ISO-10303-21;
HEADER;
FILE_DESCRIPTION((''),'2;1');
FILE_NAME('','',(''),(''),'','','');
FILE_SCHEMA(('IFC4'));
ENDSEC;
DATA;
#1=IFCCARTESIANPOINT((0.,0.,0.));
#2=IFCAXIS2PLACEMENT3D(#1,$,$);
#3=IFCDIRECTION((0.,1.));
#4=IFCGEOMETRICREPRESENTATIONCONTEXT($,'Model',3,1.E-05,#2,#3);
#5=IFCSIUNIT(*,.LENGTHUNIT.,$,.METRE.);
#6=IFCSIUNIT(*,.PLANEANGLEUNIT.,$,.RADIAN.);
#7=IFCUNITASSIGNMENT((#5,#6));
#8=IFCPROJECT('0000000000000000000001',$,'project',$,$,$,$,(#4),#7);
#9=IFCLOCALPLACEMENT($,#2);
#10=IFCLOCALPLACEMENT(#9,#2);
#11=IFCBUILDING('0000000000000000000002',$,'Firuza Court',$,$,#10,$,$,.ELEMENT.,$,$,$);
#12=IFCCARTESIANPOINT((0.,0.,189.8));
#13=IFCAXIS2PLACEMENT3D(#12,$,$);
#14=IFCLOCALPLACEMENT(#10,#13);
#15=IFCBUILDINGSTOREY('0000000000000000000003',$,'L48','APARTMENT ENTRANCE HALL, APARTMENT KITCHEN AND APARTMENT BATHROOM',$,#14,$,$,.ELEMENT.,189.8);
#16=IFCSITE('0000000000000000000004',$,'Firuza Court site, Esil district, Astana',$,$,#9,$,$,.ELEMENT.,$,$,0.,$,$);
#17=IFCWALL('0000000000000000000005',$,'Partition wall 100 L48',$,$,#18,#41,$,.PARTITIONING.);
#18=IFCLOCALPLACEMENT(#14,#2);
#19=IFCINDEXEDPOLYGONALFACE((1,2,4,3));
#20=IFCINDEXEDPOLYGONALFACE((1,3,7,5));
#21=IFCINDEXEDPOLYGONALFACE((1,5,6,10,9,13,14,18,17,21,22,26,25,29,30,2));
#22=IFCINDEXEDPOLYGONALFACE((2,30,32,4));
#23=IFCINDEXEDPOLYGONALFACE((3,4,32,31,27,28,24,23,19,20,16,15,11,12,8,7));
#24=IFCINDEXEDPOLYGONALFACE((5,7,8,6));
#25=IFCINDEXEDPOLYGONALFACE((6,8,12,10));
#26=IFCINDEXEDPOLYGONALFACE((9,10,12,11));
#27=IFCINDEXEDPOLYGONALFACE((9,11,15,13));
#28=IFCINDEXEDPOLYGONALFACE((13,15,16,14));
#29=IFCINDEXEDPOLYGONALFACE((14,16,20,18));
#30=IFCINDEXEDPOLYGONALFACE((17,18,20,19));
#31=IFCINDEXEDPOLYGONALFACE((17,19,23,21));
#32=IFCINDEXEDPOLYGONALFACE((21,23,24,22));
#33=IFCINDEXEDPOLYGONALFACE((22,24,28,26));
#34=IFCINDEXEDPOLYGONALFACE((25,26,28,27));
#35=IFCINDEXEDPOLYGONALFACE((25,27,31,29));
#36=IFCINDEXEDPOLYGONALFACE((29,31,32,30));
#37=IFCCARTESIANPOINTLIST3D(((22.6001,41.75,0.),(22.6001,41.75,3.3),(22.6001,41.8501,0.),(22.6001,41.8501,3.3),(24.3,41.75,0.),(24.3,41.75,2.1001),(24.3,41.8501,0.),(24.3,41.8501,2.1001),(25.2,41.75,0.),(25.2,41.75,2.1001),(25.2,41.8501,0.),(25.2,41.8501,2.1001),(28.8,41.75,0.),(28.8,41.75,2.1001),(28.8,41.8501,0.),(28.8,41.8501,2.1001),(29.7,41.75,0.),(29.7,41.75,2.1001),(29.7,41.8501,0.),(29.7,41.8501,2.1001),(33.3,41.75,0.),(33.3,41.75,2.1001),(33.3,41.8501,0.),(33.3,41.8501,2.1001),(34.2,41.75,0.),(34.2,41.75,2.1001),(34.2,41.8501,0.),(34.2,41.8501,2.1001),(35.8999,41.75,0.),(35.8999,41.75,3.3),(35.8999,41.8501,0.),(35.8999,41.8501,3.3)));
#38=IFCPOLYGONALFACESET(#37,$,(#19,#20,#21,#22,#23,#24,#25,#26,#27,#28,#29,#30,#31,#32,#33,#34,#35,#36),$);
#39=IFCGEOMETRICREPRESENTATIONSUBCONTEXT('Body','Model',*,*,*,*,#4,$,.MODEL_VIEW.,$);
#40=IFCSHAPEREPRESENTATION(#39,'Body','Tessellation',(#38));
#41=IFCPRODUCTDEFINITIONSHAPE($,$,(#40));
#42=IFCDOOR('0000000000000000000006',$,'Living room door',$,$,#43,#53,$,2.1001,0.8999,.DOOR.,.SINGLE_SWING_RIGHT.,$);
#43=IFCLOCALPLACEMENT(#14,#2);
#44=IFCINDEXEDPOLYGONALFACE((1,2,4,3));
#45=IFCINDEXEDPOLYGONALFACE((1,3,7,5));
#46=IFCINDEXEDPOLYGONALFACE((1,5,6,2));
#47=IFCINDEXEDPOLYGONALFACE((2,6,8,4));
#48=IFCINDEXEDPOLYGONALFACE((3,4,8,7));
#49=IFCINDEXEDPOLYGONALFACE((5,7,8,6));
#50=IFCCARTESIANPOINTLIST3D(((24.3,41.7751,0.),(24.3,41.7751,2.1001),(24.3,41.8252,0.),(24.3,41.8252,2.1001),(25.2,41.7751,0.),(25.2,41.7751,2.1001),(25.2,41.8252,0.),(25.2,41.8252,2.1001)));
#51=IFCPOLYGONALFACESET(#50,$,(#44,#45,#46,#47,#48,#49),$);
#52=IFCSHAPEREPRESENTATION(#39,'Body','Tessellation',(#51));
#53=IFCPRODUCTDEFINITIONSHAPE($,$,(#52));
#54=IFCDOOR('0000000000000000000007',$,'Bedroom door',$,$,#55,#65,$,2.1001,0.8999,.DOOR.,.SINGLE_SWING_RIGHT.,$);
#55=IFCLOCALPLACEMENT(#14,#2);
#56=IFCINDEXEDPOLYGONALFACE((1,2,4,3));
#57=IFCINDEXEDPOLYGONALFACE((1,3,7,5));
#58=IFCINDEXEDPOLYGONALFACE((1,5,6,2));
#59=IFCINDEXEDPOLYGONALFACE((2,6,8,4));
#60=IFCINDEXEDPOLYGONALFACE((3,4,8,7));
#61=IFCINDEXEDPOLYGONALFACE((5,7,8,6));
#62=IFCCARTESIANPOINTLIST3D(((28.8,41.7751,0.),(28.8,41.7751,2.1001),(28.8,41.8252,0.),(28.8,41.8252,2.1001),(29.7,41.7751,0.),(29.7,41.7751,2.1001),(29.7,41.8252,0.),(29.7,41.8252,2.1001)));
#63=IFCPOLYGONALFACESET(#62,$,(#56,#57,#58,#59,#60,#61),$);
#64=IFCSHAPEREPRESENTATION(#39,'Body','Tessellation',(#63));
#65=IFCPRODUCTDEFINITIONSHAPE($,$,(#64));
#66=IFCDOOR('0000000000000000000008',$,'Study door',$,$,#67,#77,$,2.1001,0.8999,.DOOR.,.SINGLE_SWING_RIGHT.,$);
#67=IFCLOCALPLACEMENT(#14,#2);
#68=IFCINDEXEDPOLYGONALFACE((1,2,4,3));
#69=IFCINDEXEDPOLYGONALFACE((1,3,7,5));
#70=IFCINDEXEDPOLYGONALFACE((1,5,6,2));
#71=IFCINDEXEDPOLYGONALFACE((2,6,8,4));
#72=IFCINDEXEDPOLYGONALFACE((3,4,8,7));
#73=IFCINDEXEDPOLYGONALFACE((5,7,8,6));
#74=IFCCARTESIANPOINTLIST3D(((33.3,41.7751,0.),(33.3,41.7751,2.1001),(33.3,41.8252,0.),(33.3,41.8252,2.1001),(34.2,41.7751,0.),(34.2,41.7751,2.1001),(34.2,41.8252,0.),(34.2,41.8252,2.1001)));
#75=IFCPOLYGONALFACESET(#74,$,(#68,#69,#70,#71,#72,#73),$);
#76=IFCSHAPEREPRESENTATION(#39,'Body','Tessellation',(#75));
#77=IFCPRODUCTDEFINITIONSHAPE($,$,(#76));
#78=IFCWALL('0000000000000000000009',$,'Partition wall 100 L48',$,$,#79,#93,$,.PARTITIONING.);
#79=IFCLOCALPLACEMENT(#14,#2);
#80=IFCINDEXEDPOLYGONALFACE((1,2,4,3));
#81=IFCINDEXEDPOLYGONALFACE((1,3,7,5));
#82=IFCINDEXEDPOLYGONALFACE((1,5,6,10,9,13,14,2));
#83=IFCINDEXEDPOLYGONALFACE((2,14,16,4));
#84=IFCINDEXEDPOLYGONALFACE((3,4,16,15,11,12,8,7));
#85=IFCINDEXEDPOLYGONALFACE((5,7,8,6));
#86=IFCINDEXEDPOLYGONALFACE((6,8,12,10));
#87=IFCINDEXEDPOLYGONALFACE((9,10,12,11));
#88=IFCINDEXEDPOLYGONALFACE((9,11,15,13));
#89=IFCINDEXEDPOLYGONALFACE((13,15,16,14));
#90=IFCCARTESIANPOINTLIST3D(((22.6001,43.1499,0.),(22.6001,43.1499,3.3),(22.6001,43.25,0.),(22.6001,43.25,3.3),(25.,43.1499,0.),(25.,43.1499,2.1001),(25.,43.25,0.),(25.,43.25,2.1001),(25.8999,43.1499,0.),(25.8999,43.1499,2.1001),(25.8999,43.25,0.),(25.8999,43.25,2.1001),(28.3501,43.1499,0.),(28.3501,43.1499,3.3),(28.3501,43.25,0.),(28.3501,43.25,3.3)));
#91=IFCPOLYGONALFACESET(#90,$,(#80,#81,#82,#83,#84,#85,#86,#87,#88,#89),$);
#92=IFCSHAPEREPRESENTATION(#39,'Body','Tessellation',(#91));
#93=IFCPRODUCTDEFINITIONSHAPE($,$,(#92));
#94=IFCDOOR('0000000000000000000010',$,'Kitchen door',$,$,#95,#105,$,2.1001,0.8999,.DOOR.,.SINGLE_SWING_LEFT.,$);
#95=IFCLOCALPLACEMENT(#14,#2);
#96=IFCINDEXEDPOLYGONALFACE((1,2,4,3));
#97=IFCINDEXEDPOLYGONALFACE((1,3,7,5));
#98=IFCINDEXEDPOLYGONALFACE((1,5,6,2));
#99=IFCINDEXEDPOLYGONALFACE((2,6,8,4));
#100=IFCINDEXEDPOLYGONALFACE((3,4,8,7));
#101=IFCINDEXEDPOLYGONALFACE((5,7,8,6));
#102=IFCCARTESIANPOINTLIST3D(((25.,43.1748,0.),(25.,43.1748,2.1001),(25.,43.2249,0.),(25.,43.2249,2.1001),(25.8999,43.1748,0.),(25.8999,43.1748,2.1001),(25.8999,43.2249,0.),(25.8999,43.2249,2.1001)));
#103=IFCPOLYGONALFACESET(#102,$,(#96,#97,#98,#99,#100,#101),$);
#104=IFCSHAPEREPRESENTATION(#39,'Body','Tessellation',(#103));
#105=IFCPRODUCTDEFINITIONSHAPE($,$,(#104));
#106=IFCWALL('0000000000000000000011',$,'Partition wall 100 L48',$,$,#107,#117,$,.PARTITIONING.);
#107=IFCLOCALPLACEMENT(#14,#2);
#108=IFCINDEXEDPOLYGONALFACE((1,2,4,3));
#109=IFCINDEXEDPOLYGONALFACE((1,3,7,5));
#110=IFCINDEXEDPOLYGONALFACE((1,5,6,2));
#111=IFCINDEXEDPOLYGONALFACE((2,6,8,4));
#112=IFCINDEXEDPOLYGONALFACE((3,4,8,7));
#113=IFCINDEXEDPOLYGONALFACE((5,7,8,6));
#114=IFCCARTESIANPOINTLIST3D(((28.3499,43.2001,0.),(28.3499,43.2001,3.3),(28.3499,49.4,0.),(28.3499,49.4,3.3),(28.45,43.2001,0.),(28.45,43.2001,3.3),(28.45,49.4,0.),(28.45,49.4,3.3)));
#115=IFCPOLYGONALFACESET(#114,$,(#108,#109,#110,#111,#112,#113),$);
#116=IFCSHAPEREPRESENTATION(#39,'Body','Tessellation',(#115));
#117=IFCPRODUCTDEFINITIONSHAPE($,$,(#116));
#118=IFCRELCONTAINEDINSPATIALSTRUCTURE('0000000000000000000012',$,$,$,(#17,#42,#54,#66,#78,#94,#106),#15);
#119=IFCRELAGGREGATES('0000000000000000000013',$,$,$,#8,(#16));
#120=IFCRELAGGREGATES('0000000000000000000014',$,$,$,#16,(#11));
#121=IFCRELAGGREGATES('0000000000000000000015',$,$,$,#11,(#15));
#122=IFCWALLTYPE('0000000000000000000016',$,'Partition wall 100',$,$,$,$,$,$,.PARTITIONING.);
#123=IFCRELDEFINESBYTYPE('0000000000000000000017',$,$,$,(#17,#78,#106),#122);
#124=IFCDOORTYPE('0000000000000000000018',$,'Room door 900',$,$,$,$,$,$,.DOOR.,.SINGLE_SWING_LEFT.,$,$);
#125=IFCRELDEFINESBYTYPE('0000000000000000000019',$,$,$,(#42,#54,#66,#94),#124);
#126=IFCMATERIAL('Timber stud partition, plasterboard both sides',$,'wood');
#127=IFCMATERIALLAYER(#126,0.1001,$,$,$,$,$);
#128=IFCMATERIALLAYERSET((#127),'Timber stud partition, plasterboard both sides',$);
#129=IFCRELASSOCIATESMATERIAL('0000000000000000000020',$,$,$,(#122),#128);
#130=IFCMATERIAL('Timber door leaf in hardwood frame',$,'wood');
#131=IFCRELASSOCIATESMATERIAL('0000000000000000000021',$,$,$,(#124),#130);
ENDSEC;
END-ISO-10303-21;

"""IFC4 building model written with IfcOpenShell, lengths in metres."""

from ifc_helpers import new_model, si_unit, direction, frame, frame_2d, origin, place, context, subcontext, project, spatial, rectangle, extrude, material, layer, layer_set, type_object, element, fill, save


model = new_model("IFC4")

# Units and contexts
model_context = context("Model", 3, precision=1e-05, world=origin(), true_north=direction((0.0, 1.0)))
body_context = subcontext(model_context, "Body", "Model", "MODEL_VIEW")
ifc_project = project(units=[si_unit("LENGTHUNIT", "METRE"), si_unit("PLANEANGLEUNIT", "RADIAN")], contexts=[model_context])

# Site, building, storey
site_placement = place(None, origin())
site = spatial("IfcSite", under=ifc_project, at=site_placement, Name="Firuza Court site, Esil district, Astana", CompositionType="ELEMENT", RefElevation=0.0)
building_placement = place(site_placement, origin())
building = spatial("IfcBuilding", under=site, at=building_placement, Name="Firuza Court", CompositionType="ELEMENT")
storey_placement = place(building_placement, frame((0.0, 0.0, 189.8)))
storey = spatial("IfcBuildingStorey", under=building, at=storey_placement, Name="L48", Description="APARTMENT ENTRANCE HALL, APARTMENT KITCHEN AND APARTMENT BATHROOM", CompositionType="ELEMENT", Elevation=189.8)

# Shared definitions
ifc_material_1 = material(Name="Timber stud partition, plasterboard both sides", Category="wood")
ifc_layer_1 = layer(ifc_material_1, 0.1001)
ifc_layer_set_1 = layer_set([ifc_layer_1], Name="Timber stud partition, plasterboard both sides")
wall_type_1 = type_object("IfcWallType", Name="Partition wall 100", PredefinedType="PARTITIONING", material=ifc_layer_set_1)

# Wall, openings, doors
wall_1_placement = place(storey_placement, frame((22.6001, 41.8, 0.0), z_axis=(0.0, 0.0, 1.0), x_axis=(1.0, 0.0, 0.0)))
wall_1 = element("IfcWall", 1, at=wall_1_placement, inside=storey, type_object=wall_type_1, Name="Partition wall 100 L48", PredefinedType="PARTITIONING", context=body_context, shape_type="SweptSolid", body=[
    extrude(rectangle(XDim=13.2998, YDim=0.1001, at=frame_2d((6.6499, 0.0))), origin(), (0.0, 0.0, 1.0), 3.3),
])
opening_1_placement = place(wall_1_placement, frame((1.7, 0.0, 0.0)))
opening_1 = element("IfcOpeningElement", 2, at=opening_1_placement, cuts=wall_1, PredefinedType="OPENING", context=body_context, shape_type="SweptSolid", body=[
    extrude(rectangle(XDim=0.8999, YDim=2.1001, at=frame_2d((0.45, 1.05))), frame((0.0, 0.062, 0.0), z_axis=(0.0, -1.0, 0.0), x_axis=(1.0, 0.0, 0.0)), (0.0, 0.0, 1.0), 0.124),
])
opening_2_placement = place(wall_1_placement, frame((6.2, 0.0, 0.0)))
opening_2 = element("IfcOpeningElement", 3, at=opening_2_placement, cuts=wall_1, PredefinedType="OPENING", context=body_context, shape_type="SweptSolid", body=[
    extrude(rectangle(XDim=0.8999, YDim=2.1001, at=frame_2d((0.45, 1.05))), frame((0.0, 0.062, 0.0), z_axis=(0.0, -1.0, 0.0), x_axis=(1.0, 0.0, 0.0)), (0.0, 0.0, 1.0), 0.124),
])
opening_3_placement = place(wall_1_placement, frame((10.7, 0.0, 0.0)))
opening_3 = element("IfcOpeningElement", 4, at=opening_3_placement, cuts=wall_1, PredefinedType="OPENING", context=body_context, shape_type="SweptSolid", body=[
    extrude(rectangle(XDim=0.8999, YDim=2.1001, at=frame_2d((0.45, 1.05))), frame((0.0, 0.062, 0.0), z_axis=(0.0, -1.0, 0.0), x_axis=(1.0, 0.0, 0.0)), (0.0, 0.0, 1.0), 0.124),
])
ifc_material_2 = material(Name="Timber door leaf in hardwood frame", Category="wood")
door_type_1 = type_object("IfcDoorType", Name="Room door 900", OperationType="SINGLE_SWING_LEFT", PredefinedType="DOOR", material=ifc_material_2)
door_1_placement = place(opening_1_placement, frame((0.8999, 0.0, 0.0), z_axis=(0.0, 0.0, 1.0), x_axis=(-1.0, 0.0, 0.0)))
door_1 = element("IfcDoor", 5, at=door_1_placement, inside=storey, type_object=door_type_1, Name="Living room door", OperationType="SINGLE_SWING_RIGHT", OverallHeight=2.1001, OverallWidth=0.8999, PredefinedType="DOOR", context=body_context, shape_type="SweptSolid", body=[
    extrude(rectangle(XDim=0.8999, YDim=2.1001, at=frame_2d((0.45, 1.05))), frame((0.0, 0.0249, 0.0), z_axis=(0.0, -1.0, 0.0), x_axis=(1.0, 0.0, 0.0)), (0.0, 0.0, 1.0), 0.05),
])
fill(opening_1, door_1)
door_2_placement = place(opening_2_placement, frame((0.8999, 0.0, 0.0), z_axis=(0.0, 0.0, 1.0), x_axis=(-1.0, 0.0, 0.0)))
door_2 = element("IfcDoor", 6, at=door_2_placement, inside=storey, type_object=door_type_1, Name="Bedroom door", OperationType="SINGLE_SWING_RIGHT", OverallHeight=2.1001, OverallWidth=0.8999, PredefinedType="DOOR", context=body_context, shape_type="SweptSolid", body=[
    extrude(rectangle(XDim=0.8999, YDim=2.1001, at=frame_2d((0.45, 1.05))), frame((0.0, 0.0249, 0.0), z_axis=(0.0, -1.0, 0.0), x_axis=(1.0, 0.0, 0.0)), (0.0, 0.0, 1.0), 0.05),
])
fill(opening_2, door_2)
door_3_placement = place(opening_3_placement, frame((0.8999, 0.0, 0.0), z_axis=(0.0, 0.0, 1.0), x_axis=(-1.0, 0.0, 0.0)))
door_3 = element("IfcDoor", 7, at=door_3_placement, inside=storey, type_object=door_type_1, Name="Study door", OperationType="SINGLE_SWING_RIGHT", OverallHeight=2.1001, OverallWidth=0.8999, PredefinedType="DOOR", context=body_context, shape_type="SweptSolid", body=[
    extrude(rectangle(XDim=0.8999, YDim=2.1001, at=frame_2d((0.45, 1.05))), frame((0.0, 0.0249, 0.0), z_axis=(0.0, -1.0, 0.0), x_axis=(1.0, 0.0, 0.0)), (0.0, 0.0, 1.0), 0.05),
])
fill(opening_3, door_3)

# Wall, opening, door
wall_2_placement = place(storey_placement, frame((22.6001, 43.2, 0.0), z_axis=(0.0, 0.0, 1.0), x_axis=(1.0, 0.0, 0.0)))
wall_2 = element("IfcWall", 8, at=wall_2_placement, inside=storey, type_object=wall_type_1, Name="Partition wall 100 L48", PredefinedType="PARTITIONING", context=body_context, shape_type="SweptSolid", body=[
    extrude(rectangle(XDim=5.75, YDim=0.1001, at=frame_2d((2.875, 0.0))), origin(), (0.0, 0.0, 1.0), 3.3),
])
opening_4_placement = place(wall_2_placement, frame((2.3999, 0.0, 0.0)))
opening_4 = element("IfcOpeningElement", 9, at=opening_4_placement, cuts=wall_2, PredefinedType="OPENING", context=body_context, shape_type="SweptSolid", body=[
    extrude(rectangle(XDim=0.8999, YDim=2.1001, at=frame_2d((0.45, 1.05))), frame((0.0, 0.062, 0.0), z_axis=(0.0, -1.0, 0.0), x_axis=(1.0, 0.0, 0.0)), (0.0, 0.0, 1.0), 0.124),
])
door_4_placement = place(opening_4_placement, origin())
door_4 = element("IfcDoor", 10, at=door_4_placement, inside=storey, type_object=door_type_1, Name="Kitchen door", OperationType="SINGLE_SWING_LEFT", OverallHeight=2.1001, OverallWidth=0.8999, PredefinedType="DOOR", context=body_context, shape_type="SweptSolid", body=[
    extrude(rectangle(XDim=0.8999, YDim=2.1001, at=frame_2d((0.45, 1.05))), frame((0.0, 0.0249, 0.0), z_axis=(0.0, -1.0, 0.0), x_axis=(1.0, 0.0, 0.0)), (0.0, 0.0, 1.0), 0.05),
])
fill(opening_4, door_4)

# Wall
wall_3_placement = place(storey_placement, frame((28.3999, 43.2, 0.0), z_axis=(0.0, 0.0, 1.0), x_axis=(0.0, 1.0, 0.0)))
element("IfcWall", 11, at=wall_3_placement, inside=storey, type_object=wall_type_1, Name="Partition wall 100 L48", PredefinedType="PARTITIONING", context=body_context, shape_type="SweptSolid", body=[
    extrude(rectangle(XDim=6.2, YDim=0.1001, at=frame_2d((3.1001, 0.0))), origin(), (0.0, 0.0, 1.0), 3.3),
])

save(model, "model.ifc")
